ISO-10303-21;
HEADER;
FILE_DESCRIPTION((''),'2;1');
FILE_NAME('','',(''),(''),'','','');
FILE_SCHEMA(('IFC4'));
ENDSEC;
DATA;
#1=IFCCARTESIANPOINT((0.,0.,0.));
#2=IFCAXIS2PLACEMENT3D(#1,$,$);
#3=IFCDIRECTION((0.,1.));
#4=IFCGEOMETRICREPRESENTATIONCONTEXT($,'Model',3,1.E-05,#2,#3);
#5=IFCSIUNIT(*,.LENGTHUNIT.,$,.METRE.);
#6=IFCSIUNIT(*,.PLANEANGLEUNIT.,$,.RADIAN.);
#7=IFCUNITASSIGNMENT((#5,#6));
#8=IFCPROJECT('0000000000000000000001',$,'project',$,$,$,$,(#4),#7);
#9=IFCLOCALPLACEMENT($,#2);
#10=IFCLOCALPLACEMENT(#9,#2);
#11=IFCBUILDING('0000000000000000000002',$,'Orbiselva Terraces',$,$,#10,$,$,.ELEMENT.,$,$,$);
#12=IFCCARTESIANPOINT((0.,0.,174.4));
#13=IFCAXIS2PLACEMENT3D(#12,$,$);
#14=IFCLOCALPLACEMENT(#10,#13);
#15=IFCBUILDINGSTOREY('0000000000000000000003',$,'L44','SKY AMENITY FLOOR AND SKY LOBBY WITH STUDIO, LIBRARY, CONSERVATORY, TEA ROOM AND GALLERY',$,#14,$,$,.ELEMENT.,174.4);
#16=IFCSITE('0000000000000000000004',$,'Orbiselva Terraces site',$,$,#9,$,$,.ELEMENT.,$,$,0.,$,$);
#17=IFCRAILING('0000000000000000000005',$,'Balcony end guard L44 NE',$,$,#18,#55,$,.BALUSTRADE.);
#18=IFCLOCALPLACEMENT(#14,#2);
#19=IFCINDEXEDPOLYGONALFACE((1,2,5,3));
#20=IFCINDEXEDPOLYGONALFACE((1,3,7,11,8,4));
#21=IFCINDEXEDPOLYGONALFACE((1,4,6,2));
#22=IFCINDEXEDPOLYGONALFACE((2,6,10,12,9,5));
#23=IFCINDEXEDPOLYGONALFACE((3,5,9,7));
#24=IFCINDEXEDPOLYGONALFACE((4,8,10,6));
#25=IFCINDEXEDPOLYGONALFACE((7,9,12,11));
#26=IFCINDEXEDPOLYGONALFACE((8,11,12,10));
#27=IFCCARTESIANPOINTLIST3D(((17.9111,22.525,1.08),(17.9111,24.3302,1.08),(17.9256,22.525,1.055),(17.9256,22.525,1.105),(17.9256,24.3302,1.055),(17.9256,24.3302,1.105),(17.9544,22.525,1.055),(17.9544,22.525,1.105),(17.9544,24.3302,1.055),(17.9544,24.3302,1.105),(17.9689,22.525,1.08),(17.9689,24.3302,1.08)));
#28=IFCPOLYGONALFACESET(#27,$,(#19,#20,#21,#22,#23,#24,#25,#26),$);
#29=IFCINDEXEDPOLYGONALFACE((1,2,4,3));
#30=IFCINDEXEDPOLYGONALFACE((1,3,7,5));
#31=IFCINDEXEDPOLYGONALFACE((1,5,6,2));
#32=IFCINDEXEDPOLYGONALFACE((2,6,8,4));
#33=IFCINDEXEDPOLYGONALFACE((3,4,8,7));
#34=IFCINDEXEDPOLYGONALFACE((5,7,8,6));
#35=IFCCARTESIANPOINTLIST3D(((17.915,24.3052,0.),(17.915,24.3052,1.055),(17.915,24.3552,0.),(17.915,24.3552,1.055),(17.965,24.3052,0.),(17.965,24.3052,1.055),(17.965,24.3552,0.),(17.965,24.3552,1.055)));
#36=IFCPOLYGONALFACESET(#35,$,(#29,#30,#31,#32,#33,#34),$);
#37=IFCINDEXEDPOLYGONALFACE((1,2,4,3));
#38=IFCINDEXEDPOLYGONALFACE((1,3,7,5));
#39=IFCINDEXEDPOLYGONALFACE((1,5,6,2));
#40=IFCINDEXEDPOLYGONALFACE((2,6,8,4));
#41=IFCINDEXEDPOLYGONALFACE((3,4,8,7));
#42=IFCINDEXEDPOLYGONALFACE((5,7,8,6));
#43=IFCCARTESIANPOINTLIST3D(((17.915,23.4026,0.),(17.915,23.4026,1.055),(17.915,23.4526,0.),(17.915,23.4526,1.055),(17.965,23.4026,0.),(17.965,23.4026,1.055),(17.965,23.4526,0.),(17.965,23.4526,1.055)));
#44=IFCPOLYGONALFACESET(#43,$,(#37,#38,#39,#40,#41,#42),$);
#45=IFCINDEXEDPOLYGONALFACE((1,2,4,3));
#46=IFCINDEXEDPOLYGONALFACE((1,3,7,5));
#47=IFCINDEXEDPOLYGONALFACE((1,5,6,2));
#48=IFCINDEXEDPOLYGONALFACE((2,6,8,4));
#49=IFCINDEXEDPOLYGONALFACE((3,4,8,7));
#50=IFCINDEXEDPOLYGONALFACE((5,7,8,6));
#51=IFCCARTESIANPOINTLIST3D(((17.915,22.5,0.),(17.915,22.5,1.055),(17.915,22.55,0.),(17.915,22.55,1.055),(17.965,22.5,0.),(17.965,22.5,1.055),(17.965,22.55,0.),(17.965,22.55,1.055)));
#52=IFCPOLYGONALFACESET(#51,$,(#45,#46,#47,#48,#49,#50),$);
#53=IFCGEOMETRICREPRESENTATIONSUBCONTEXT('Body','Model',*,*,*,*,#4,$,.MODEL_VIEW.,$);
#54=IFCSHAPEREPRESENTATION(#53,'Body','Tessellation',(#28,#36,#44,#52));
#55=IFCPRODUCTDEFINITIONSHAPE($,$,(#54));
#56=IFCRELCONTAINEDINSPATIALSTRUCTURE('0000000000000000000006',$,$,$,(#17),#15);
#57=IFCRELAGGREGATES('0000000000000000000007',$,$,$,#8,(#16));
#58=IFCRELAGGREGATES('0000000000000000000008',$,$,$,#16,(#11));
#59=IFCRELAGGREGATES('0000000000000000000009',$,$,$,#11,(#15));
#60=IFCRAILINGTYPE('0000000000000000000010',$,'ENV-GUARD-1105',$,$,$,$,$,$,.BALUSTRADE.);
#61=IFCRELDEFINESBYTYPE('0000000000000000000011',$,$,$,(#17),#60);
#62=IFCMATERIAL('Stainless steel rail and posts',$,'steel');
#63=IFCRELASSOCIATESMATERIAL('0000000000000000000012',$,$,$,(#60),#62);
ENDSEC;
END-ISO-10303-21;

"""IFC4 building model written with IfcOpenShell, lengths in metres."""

from ifc_helpers import new_model, si_unit, direction, frame, origin, origin_2d, place, context, subcontext, project, spatial, polyline, rectangle, outline, extrude, material, type_object, element, save


model = new_model("IFC4")

# Units and contexts
model_context = context("Model", 3, precision=1e-05, world=origin(), true_north=direction((0.0, 1.0)))
body_context = subcontext(model_context, "Body", "Model", "MODEL_VIEW")
ifc_project = project(units=[si_unit("LENGTHUNIT", "METRE"), si_unit("PLANEANGLEUNIT", "RADIAN")], contexts=[model_context])

# Site, building, storey
site_placement = place(None, origin())
site = spatial("IfcSite", under=ifc_project, at=site_placement, Name="Orbiselva Terraces site", CompositionType="ELEMENT", RefElevation=0.0)
building_placement = place(site_placement, origin())
building = spatial("IfcBuilding", under=site, at=building_placement, Name="Orbiselva Terraces", CompositionType="ELEMENT")
storey_placement = place(building_placement, frame((0.0, 0.0, 174.4)))
storey = spatial("IfcBuildingStorey", under=building, at=storey_placement, Name="L44", Description="SKY AMENITY FLOOR AND SKY LOBBY WITH STUDIO, LIBRARY, CONSERVATORY, TEA ROOM AND GALLERY", CompositionType="ELEMENT", Elevation=174.4)

# Railing
ifc_material_1 = material(Name="Stainless steel rail and posts", Category="steel")
railing_type_1 = type_object("IfcRailingType", Name="ENV-GUARD-1105", PredefinedType="BALUSTRADE", material=ifc_material_1)
railing_1_placement = place(storey_placement, frame((17.94, 24.3302, 0.0)))
element("IfcRailing", 1, at=railing_1_placement, inside=storey, type_object=railing_type_1, Name="Balcony end guard L44 NE", PredefinedType="BALUSTRADE", context=body_context, shape_type="SweptSolid", body=[
    extrude(outline(polyline([(0.0289, 0.0), (0.0144, 0.025), (-0.0144, 0.025), (-0.0289, 0.0), (-0.0144, -0.025), (0.0144, -0.025), (0.0289, 0.0)])), frame((0.0, 0.0, 1.08), z_axis=(0.0, -1.0, 0.0), x_axis=(1.0, 0.0, 0.0)), (0.0, 0.0, 1.0), 1.8052),
    extrude(rectangle(XDim=0.05, YDim=0.05, at=origin_2d()), origin(), (0.0, 0.0, 1.0), 1.055),
    extrude(rectangle(XDim=0.05, YDim=0.05, at=origin_2d()), frame((0.0, -0.9026, 0.0)), (0.0, 0.0, 1.0), 1.055),
    extrude(rectangle(XDim=0.05, YDim=0.05, at=origin_2d()), frame((0.0, -1.8052, 0.0)), (0.0, 0.0, 1.0), 1.055),
])

save(model, "model.ifc")
